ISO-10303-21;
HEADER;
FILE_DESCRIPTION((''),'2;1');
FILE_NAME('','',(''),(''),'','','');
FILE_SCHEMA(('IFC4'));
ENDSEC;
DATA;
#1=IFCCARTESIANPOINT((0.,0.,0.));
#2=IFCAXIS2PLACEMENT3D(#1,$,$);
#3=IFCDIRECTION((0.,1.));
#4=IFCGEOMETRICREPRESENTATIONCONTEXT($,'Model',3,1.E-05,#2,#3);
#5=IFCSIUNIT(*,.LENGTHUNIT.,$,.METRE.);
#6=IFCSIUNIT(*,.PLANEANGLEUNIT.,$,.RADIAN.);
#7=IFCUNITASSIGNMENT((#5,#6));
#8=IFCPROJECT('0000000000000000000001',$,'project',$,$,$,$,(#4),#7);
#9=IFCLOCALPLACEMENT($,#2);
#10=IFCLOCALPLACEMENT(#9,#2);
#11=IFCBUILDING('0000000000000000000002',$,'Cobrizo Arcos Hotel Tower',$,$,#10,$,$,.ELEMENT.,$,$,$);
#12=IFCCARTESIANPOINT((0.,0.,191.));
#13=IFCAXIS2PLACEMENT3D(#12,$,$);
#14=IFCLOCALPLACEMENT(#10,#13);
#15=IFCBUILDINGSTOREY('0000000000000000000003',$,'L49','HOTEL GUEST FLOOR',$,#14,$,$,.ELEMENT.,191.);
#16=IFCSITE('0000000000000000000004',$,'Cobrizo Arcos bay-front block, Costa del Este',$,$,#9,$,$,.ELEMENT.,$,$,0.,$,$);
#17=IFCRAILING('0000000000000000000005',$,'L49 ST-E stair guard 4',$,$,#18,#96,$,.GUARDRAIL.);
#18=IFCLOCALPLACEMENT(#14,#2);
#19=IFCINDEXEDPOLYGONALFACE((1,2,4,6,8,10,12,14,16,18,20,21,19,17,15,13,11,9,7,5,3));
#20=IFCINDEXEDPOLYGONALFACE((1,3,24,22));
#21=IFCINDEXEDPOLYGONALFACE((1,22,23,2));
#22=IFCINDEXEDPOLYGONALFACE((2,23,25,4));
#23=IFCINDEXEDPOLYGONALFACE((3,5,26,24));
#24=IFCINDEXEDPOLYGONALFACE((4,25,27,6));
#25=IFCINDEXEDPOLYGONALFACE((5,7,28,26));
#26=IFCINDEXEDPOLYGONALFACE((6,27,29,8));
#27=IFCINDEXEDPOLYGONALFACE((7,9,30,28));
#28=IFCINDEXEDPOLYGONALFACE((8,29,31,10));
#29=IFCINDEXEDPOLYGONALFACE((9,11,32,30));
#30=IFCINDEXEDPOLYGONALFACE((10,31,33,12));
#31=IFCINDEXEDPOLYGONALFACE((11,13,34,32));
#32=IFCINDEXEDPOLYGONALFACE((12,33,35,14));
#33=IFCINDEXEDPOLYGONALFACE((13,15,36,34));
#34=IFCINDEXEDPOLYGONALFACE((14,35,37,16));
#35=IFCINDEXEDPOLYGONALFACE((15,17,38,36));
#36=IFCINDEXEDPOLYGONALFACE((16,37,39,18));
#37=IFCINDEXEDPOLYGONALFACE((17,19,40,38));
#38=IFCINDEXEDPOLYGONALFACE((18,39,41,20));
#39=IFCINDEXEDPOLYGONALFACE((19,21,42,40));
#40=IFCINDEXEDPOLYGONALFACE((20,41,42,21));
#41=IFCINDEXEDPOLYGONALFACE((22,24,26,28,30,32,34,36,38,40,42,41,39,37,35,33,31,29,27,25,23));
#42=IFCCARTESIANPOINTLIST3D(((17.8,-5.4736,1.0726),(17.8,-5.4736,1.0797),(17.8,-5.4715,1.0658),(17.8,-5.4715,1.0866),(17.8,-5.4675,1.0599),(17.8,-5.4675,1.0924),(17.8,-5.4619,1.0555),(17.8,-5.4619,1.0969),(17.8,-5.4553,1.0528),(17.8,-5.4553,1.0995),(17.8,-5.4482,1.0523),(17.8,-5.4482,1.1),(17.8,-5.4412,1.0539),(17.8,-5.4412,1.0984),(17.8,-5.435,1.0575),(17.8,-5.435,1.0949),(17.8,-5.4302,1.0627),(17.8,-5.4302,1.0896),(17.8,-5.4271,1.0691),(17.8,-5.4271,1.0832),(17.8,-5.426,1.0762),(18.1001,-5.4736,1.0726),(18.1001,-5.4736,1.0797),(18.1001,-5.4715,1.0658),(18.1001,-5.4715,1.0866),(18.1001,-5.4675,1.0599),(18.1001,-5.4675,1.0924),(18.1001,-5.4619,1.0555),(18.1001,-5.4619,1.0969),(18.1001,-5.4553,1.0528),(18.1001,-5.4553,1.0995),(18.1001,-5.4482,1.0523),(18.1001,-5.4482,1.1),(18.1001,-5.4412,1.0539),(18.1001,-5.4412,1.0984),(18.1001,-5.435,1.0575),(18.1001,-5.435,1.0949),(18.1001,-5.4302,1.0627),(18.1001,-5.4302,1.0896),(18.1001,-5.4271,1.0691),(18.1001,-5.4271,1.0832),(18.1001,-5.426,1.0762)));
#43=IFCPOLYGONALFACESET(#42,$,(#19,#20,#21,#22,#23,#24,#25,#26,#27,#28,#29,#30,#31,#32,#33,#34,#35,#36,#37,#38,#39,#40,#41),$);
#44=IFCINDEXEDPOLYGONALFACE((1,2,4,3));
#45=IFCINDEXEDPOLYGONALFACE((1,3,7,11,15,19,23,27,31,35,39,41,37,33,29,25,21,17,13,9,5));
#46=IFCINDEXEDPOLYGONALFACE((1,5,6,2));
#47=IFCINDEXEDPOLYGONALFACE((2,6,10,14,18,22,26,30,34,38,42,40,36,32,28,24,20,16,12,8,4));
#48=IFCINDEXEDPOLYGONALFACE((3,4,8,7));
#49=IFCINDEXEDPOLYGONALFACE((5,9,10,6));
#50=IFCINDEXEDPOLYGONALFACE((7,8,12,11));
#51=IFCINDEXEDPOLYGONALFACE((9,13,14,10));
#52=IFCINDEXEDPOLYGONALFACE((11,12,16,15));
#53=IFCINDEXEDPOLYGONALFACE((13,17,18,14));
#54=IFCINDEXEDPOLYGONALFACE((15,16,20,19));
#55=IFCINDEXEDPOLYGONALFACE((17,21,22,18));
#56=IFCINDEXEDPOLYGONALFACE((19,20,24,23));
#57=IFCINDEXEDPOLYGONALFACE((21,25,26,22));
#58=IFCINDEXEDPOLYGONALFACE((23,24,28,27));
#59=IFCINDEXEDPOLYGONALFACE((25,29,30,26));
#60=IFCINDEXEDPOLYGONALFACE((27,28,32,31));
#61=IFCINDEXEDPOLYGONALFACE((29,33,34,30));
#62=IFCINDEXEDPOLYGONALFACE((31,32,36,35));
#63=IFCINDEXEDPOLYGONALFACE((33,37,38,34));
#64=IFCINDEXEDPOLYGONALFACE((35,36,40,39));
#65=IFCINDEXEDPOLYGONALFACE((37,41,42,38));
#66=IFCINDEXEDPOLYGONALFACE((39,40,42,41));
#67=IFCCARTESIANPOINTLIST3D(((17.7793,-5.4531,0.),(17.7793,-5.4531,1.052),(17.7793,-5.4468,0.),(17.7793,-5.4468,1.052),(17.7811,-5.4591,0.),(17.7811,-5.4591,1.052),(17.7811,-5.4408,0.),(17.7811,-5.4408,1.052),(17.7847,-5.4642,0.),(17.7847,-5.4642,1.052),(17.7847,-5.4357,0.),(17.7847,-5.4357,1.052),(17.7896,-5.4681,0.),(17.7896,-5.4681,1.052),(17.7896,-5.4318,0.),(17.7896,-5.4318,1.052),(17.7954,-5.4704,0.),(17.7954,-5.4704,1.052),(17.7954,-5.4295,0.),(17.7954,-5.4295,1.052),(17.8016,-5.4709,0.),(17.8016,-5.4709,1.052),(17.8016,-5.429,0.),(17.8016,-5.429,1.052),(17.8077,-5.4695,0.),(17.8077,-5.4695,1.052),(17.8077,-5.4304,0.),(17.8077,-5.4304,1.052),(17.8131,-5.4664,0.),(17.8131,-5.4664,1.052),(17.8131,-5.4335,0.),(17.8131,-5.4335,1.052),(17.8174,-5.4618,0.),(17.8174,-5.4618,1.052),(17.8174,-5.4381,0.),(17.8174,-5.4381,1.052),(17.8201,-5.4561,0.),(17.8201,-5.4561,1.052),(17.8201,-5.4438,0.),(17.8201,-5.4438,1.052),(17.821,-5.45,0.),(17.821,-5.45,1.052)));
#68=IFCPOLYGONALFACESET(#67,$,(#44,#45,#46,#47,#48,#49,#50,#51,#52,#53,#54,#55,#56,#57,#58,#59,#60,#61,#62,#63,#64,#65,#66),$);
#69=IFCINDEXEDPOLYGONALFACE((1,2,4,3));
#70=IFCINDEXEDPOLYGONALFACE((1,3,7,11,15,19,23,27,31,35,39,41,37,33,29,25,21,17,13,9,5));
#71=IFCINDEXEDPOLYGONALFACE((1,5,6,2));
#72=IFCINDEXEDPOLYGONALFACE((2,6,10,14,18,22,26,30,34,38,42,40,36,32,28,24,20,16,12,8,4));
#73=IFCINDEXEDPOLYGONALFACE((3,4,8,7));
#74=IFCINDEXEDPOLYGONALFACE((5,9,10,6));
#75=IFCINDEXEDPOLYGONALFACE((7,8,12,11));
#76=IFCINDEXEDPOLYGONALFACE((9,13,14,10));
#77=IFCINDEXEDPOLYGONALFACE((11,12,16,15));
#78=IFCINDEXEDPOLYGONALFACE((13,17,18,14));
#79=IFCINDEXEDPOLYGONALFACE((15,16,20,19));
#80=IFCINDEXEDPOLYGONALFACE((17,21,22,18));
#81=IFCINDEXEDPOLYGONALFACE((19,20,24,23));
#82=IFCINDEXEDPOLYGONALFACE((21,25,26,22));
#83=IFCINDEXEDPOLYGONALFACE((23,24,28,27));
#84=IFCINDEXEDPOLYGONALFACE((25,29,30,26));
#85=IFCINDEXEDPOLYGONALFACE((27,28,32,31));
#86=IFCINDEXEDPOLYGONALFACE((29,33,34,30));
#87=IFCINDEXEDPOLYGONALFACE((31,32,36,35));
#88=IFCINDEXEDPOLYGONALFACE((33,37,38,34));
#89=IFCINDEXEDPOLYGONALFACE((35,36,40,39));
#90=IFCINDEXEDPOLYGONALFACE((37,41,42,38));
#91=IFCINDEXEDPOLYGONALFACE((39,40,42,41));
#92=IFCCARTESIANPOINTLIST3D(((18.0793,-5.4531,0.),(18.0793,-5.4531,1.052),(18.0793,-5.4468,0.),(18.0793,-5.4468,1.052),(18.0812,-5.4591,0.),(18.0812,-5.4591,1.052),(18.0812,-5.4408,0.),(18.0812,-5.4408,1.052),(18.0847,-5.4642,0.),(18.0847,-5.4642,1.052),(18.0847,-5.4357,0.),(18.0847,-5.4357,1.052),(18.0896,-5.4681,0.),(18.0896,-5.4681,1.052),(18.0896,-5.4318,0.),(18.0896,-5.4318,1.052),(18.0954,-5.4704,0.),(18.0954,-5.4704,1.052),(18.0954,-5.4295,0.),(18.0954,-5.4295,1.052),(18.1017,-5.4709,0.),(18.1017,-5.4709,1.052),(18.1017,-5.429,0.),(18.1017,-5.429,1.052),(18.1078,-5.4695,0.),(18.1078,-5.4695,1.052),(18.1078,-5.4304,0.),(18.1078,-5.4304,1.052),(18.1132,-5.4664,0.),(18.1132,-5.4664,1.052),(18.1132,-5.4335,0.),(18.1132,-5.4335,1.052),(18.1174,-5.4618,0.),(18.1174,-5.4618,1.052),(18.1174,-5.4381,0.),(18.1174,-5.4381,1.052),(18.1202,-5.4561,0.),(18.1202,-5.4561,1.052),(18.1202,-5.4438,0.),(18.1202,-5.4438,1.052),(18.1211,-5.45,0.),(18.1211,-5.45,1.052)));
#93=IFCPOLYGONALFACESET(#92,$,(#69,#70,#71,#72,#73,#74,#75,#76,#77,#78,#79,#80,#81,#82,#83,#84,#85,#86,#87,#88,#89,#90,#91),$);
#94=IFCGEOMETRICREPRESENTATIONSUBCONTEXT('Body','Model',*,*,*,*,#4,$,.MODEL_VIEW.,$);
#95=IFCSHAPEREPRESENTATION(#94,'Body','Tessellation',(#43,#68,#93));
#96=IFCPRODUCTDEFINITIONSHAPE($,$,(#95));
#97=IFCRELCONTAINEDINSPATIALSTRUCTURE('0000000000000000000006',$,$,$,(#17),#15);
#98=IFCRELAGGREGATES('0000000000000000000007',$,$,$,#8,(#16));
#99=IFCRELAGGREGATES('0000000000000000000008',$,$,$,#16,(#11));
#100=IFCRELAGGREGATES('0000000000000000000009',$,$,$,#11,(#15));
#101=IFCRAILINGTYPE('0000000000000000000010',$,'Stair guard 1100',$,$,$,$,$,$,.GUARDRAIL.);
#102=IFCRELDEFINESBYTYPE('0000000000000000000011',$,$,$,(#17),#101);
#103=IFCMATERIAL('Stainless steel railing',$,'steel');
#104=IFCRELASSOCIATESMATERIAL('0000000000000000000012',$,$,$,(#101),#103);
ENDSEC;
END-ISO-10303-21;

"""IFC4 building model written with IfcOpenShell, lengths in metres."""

from ifc_helpers import new_model, si_unit, direction, frame, origin, origin_2d, place, context, subcontext, project, spatial, circle, extrude, material, type_object, element, save


model = new_model("IFC4")

# Units and contexts
model_context = context("Model", 3, precision=1e-05, world=origin(), true_north=direction((0.0, 1.0)))
body_context = subcontext(model_context, "Body", "Model", "MODEL_VIEW")
ifc_project = project(units=[si_unit("LENGTHUNIT", "METRE"), si_unit("PLANEANGLEUNIT", "RADIAN")], contexts=[model_context])

# Site, building, storey
site_placement = place(None, origin())
site = spatial("IfcSite", under=ifc_project, at=site_placement, Name="Cobrizo Arcos bay-front block, Costa del Este", CompositionType="ELEMENT", RefElevation=0.0)
building_placement = place(site_placement, origin())
building = spatial("IfcBuilding", under=site, at=building_placement, Name="Cobrizo Arcos Hotel Tower", CompositionType="ELEMENT")
storey_placement = place(building_placement, frame((0.0, 0.0, 191.0)))
storey = spatial("IfcBuildingStorey", under=building, at=storey_placement, Name="L49", Description="HOTEL GUEST FLOOR", CompositionType="ELEMENT", Elevation=191.0)

# Railing
ifc_material_1 = material(Name="Stainless steel railing", Category="steel")
railing_type_1 = type_object("IfcRailingType", Name="Stair guard 1100", PredefinedType="GUARDRAIL", material=ifc_material_1)
railing_1_placement = place(storey_placement, frame((17.8, -5.45, 0.0)))
element("IfcRailing", 1, at=railing_1_placement, inside=storey, type_object=railing_type_1, Name="L49 ST-E stair guard 4", PredefinedType="GUARDRAIL", context=body_context, shape_type="SweptSolid", body=[
    extrude(circle(Radius=0.0239, at=origin_2d()), frame((0.0, 0.0, 1.0762), z_axis=(1.0, 0.0, 0.0), x_axis=(0.0, 1.0, 0.0)), (0.0, 0.0, 1.0), 0.3),
    extrude(circle(Radius=0.021, at=origin_2d()), origin(), (0.0, 0.0, 1.0), 1.052),
    extrude(circle(Radius=0.021, at=origin_2d()), frame((0.3, 0.0, 0.0)), (0.0, 0.0, 1.0), 1.052),
])

save(model, "model.ifc")
